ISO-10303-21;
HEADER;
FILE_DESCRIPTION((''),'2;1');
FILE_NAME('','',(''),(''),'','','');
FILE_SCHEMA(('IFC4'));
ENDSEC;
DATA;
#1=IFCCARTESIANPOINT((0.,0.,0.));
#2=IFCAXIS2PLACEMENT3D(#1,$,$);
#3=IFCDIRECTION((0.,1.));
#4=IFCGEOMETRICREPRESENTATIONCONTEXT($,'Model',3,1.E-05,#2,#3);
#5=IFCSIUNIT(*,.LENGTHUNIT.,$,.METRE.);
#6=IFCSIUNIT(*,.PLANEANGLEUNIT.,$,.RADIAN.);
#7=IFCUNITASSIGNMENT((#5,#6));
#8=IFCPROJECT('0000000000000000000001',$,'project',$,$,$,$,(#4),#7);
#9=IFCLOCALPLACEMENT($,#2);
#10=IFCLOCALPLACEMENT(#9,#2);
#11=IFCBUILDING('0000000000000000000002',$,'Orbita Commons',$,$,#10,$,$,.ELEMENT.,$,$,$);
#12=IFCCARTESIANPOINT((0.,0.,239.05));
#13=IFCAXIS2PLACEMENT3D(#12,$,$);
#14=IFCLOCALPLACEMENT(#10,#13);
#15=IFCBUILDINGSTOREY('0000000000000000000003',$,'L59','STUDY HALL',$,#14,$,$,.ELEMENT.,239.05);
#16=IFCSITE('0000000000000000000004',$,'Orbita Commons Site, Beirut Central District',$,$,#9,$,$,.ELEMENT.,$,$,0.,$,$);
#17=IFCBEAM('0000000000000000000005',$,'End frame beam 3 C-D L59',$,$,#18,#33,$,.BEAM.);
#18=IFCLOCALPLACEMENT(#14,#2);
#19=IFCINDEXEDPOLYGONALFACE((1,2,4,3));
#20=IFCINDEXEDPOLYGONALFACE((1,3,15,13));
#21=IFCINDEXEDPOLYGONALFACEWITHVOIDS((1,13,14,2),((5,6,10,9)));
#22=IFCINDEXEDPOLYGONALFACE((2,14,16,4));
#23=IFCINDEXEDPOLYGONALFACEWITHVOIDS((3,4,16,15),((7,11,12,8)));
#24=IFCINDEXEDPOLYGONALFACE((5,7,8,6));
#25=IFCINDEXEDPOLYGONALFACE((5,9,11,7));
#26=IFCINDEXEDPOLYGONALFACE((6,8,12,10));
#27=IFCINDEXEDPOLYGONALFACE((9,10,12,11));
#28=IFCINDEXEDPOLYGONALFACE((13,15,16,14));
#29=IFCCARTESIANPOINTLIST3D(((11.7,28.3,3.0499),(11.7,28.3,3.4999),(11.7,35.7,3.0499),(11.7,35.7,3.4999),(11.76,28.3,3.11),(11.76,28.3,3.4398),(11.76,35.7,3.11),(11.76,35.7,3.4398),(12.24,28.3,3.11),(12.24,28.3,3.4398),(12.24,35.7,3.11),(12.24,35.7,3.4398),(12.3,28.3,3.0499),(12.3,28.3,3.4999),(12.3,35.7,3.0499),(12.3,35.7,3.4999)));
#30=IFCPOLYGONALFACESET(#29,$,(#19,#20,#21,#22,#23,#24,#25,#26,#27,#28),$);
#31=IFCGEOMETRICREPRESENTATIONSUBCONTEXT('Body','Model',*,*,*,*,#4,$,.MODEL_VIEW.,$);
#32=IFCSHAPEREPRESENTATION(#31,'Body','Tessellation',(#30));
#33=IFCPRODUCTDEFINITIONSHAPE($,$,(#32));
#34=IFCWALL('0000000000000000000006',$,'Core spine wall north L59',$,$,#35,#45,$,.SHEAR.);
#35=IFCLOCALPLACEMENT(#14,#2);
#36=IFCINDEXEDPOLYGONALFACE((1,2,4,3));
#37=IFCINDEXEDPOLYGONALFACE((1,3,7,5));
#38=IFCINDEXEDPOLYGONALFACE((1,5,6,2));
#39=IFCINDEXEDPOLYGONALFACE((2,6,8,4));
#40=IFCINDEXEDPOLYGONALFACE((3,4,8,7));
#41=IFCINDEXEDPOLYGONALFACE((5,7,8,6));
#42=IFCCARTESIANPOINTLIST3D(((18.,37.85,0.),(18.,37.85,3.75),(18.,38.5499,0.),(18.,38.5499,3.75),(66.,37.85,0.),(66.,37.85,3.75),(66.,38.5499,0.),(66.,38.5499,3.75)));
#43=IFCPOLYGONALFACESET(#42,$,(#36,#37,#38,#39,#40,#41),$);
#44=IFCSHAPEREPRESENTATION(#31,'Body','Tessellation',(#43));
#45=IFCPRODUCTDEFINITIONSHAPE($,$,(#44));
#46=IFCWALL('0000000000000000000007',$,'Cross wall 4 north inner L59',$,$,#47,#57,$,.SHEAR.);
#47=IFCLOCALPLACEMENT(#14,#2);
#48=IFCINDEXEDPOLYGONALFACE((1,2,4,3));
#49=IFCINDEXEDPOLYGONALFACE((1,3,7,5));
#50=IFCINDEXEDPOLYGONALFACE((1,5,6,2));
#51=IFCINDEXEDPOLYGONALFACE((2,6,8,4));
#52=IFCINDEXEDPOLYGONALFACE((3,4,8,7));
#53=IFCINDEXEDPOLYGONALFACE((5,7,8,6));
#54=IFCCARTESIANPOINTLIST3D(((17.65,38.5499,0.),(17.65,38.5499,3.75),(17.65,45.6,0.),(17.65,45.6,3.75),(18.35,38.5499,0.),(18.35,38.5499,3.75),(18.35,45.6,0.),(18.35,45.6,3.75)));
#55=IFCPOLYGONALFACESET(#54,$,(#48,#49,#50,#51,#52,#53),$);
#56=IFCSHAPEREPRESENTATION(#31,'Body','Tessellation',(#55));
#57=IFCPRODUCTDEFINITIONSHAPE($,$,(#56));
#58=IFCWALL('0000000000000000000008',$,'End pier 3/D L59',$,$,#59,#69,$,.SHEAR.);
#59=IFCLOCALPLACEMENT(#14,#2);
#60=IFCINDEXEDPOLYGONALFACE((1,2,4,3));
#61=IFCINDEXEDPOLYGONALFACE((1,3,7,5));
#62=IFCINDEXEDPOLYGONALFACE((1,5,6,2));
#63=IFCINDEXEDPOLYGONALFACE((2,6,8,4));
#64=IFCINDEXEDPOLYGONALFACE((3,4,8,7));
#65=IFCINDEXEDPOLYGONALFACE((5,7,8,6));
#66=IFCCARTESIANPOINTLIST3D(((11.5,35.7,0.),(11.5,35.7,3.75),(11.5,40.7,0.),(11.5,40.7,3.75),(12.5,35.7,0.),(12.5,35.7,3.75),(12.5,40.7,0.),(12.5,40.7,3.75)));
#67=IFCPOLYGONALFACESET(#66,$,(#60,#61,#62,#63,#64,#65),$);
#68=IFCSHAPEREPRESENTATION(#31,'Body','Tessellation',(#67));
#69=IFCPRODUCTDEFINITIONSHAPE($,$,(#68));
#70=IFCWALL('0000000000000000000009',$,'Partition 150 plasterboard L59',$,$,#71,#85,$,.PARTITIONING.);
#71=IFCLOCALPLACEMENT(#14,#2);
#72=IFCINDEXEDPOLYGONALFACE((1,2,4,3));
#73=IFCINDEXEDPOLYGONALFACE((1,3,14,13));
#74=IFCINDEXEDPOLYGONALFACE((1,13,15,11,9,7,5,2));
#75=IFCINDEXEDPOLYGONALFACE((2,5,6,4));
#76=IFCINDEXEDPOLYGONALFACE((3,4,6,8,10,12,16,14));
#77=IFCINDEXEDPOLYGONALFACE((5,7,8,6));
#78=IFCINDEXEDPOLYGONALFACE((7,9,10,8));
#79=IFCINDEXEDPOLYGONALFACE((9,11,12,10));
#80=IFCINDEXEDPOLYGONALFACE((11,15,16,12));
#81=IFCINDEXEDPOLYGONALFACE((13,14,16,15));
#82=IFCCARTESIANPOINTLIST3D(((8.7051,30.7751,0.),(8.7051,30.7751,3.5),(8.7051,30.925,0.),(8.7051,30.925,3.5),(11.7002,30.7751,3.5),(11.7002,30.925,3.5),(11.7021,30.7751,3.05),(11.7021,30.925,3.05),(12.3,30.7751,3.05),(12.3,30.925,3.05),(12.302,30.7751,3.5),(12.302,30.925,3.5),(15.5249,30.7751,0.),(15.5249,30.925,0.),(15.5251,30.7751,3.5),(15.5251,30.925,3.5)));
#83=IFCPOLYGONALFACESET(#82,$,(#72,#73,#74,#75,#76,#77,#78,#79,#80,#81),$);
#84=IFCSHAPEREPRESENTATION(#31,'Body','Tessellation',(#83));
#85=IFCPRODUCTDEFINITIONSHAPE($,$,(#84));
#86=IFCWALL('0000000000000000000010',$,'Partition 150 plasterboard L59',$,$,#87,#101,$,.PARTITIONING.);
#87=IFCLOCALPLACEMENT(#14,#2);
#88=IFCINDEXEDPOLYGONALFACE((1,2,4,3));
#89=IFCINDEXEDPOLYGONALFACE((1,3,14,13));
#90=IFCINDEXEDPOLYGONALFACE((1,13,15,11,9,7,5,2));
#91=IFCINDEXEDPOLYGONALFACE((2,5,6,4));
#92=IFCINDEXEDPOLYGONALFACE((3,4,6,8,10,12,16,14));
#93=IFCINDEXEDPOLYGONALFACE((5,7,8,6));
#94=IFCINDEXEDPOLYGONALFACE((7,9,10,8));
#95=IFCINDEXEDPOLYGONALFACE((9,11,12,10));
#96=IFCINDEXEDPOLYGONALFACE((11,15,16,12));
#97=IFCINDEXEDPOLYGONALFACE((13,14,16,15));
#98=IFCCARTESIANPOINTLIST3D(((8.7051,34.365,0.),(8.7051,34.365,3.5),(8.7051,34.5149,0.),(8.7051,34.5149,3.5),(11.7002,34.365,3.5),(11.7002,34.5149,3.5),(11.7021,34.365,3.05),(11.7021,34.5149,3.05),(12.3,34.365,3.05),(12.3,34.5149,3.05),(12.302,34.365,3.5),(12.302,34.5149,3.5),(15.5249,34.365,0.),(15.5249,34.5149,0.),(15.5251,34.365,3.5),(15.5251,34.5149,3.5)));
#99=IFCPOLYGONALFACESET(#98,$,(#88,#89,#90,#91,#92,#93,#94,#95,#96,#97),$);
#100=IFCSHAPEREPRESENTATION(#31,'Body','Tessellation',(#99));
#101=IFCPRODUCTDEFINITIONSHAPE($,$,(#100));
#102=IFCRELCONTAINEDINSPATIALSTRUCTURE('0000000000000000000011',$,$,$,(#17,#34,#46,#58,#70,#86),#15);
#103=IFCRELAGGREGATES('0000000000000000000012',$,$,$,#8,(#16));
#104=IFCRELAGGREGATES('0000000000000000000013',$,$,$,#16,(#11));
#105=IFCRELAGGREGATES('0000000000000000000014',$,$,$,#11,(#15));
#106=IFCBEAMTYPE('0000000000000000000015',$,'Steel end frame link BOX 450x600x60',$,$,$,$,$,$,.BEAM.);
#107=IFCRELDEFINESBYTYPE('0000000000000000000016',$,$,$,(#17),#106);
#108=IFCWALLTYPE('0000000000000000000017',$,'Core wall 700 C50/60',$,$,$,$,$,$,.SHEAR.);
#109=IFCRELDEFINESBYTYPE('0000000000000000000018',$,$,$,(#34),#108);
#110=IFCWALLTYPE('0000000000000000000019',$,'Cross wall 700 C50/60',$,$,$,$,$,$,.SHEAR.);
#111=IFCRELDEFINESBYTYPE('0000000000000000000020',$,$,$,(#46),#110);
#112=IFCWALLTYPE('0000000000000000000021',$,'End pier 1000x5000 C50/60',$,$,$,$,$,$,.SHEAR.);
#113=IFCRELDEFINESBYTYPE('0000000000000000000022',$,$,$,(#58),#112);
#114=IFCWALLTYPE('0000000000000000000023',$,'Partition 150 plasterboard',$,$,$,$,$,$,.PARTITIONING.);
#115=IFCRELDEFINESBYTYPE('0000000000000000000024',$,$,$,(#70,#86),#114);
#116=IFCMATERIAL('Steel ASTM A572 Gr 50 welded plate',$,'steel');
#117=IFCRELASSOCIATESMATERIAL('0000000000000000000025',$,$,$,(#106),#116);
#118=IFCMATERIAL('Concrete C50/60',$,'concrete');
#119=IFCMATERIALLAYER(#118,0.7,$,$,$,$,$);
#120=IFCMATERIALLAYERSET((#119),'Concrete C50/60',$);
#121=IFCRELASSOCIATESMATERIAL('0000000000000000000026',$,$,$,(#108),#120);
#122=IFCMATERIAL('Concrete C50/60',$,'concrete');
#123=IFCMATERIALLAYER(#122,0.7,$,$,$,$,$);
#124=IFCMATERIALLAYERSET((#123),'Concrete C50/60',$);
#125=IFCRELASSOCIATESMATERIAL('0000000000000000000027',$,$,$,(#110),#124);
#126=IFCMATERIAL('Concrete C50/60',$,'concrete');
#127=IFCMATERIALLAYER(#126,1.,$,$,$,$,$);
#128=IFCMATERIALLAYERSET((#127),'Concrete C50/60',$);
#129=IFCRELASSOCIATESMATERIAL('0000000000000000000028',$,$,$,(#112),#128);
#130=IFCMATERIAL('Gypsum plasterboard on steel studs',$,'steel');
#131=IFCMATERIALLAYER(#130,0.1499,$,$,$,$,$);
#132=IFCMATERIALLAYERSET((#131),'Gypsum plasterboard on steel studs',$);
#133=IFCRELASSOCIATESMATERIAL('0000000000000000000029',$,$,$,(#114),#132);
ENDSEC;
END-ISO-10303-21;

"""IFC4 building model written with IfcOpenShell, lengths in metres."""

from ifc_helpers import new_model, si_unit, direction, frame, frame_2d, origin, origin_2d, place, context, subcontext, project, spatial, polyline, rectangle, hollow_rectangle, outline, extrude, material, layer, layer_set, material_profile, profile_set, type_object, element, save


model = new_model("IFC4")

# Units and contexts
model_context = context("Model", 3, precision=1e-05, world=origin(), true_north=direction((0.0, 1.0)))
body_context = subcontext(model_context, "Body", "Model", "MODEL_VIEW")
ifc_project = project(units=[si_unit("LENGTHUNIT", "METRE"), si_unit("PLANEANGLEUNIT", "RADIAN")], contexts=[model_context])

# Site, building, storey
site_placement = place(None, origin())
site = spatial("IfcSite", under=ifc_project, at=site_placement, Name="Orbita Commons Site, Beirut Central District", CompositionType="ELEMENT", RefElevation=0.0)
building_placement = place(site_placement, origin())
building = spatial("IfcBuilding", under=site, at=building_placement, Name="Orbita Commons", CompositionType="ELEMENT")
storey_placement = place(building_placement, frame((0.0, 0.0, 239.05)))
storey = spatial("IfcBuildingStorey", under=building, at=storey_placement, Name="L59", Description="STUDY HALL", CompositionType="ELEMENT", Elevation=239.05)

# Beam
ifc_material_1 = material(Name="Steel ASTM A572 Gr 50 welded plate", Category="steel")
ifc_material_profile = material_profile(ifc_material_1, hollow_rectangle(XDim=0.6001, YDim=0.45, WallThickness=0.0601, at=origin_2d()), Name="BOX 450x600x60")
ifc_profile_set = profile_set([ifc_material_profile], Name="Steel ASTM A572 Gr 50 welded plate")
beam_type = type_object("IfcBeamType", Name="Steel end frame link BOX 450x600x60", PredefinedType="BEAM", material=ifc_profile_set)
beam_placement = place(storey_placement, frame((12.0, 28.3, 3.2749), z_axis=(0.0, 1.0, 0.0), x_axis=(-1.0, 0.0, 0.0)))
element("IfcBeam", 1, at=beam_placement, inside=storey, type_object=beam_type, Name="End frame beam 3 C-D L59", PredefinedType="BEAM", context=body_context, shape_type="SweptSolid", body=[
    extrude(hollow_rectangle(XDim=0.6001, YDim=0.45, WallThickness=0.0601, at=origin_2d()), origin(), (0.0, 0.0, 1.0), 7.3999),
])

# Walls
ifc_material_2 = material(Name="Concrete C50/60", Category="concrete")
ifc_layer_1 = layer(ifc_material_2, 0.7)
ifc_layer_set_1 = layer_set([ifc_layer_1], Name="Concrete C50/60")
wall_type_1 = type_object("IfcWallType", Name="Core wall 700 C50/60", PredefinedType="SHEAR", material=ifc_layer_set_1)
wall_1_placement = place(storey_placement, frame((18.0, 38.2, 0.0), z_axis=(0.0, 0.0, 1.0), x_axis=(1.0, 0.0, 0.0)))
element("IfcWall", 2, at=wall_1_placement, inside=storey, type_object=wall_type_1, Name="Core spine wall north L59", PredefinedType="SHEAR", context=body_context, shape_type="SweptSolid", body=[
    extrude(rectangle(XDim=48.0, YDim=0.7, at=frame_2d((24.0, 0.0))), origin(), (0.0, 0.0, 1.0), 3.75),
])
ifc_material_3 = material(Name="Concrete C50/60", Category="concrete")
ifc_layer_2 = layer(ifc_material_3, 0.7)
ifc_layer_set_2 = layer_set([ifc_layer_2], Name="Concrete C50/60")
wall_type_2 = type_object("IfcWallType", Name="Cross wall 700 C50/60", PredefinedType="SHEAR", material=ifc_layer_set_2)
wall_2_placement = place(storey_placement, frame((18.0, 38.55, 0.0), z_axis=(0.0, 0.0, 1.0), x_axis=(0.0, 1.0, 0.0)))
element("IfcWall", 3, at=wall_2_placement, inside=storey, type_object=wall_type_2, Name="Cross wall 4 north inner L59", PredefinedType="SHEAR", context=body_context, shape_type="SweptSolid", body=[
    extrude(rectangle(XDim=7.05, YDim=0.7, at=frame_2d((3.5249, 0.0))), origin(), (0.0, 0.0, 1.0), 3.75),
])
ifc_material_4 = material(Name="Concrete C50/60", Category="concrete")
ifc_layer_3 = layer(ifc_material_4, 1.0)
ifc_layer_set_3 = layer_set([ifc_layer_3], Name="Concrete C50/60")
wall_type_3 = type_object("IfcWallType", Name="End pier 1000x5000 C50/60", PredefinedType="SHEAR", material=ifc_layer_set_3)
wall_3_placement = place(storey_placement, frame((12.0, 35.7, 0.0), z_axis=(0.0, 0.0, 1.0), x_axis=(0.0, 1.0, 0.0)))
element("IfcWall", 4, at=wall_3_placement, inside=storey, type_object=wall_type_3, Name="End pier 3/D L59", PredefinedType="SHEAR", context=body_context, shape_type="SweptSolid", body=[
    extrude(rectangle(XDim=5.0, YDim=1.0, at=frame_2d((2.5, 0.0))), origin(), (0.0, 0.0, 1.0), 3.75),
])
ifc_material_5 = material(Name="Gypsum plasterboard on steel studs", Category="steel")
ifc_layer_4 = layer(ifc_material_5, 0.1499)
ifc_layer_set_4 = layer_set([ifc_layer_4], Name="Gypsum plasterboard on steel studs")
wall_type_4 = type_object("IfcWallType", Name="Partition 150 plasterboard", PredefinedType="PARTITIONING", material=ifc_layer_set_4)
for number, where, z_axis, x_axis, name in (
    (5, (8.7051, 30.8501, 0.0), (0.0, 0.0, 1.0), (1.0, 0.0, 0.0), "Partition 150 plasterboard L59"),
    (6, (8.7051, 34.4399, 0.0), (0.0, 0.0, 1.0), (1.0, 0.0, 0.0), "Partition 150 plasterboard L59"),
):
    element("IfcWall", number, at=place(storey_placement, frame(where, z_axis=z_axis, x_axis=x_axis)), inside=storey, type_object=wall_type_4, Name=name, PredefinedType="PARTITIONING", context=body_context, shape_type="SweptSolid", body=[
        extrude(outline(polyline([(0.0, 0.0), (6.8198, 0.0), (6.8201, 3.5), (3.5969, 3.5), (3.595, 3.05), (2.9971, 3.05), (2.9951, 3.5), (0.0, 3.5), (0.0, 0.0)])), frame((0.0, 0.075, 0.0), z_axis=(0.0, -1.0, 0.0), x_axis=(1.0, 0.0, 0.0)), (0.0, 0.0, 1.0), 0.1499),
    ])

save(model, "model.ifc")
